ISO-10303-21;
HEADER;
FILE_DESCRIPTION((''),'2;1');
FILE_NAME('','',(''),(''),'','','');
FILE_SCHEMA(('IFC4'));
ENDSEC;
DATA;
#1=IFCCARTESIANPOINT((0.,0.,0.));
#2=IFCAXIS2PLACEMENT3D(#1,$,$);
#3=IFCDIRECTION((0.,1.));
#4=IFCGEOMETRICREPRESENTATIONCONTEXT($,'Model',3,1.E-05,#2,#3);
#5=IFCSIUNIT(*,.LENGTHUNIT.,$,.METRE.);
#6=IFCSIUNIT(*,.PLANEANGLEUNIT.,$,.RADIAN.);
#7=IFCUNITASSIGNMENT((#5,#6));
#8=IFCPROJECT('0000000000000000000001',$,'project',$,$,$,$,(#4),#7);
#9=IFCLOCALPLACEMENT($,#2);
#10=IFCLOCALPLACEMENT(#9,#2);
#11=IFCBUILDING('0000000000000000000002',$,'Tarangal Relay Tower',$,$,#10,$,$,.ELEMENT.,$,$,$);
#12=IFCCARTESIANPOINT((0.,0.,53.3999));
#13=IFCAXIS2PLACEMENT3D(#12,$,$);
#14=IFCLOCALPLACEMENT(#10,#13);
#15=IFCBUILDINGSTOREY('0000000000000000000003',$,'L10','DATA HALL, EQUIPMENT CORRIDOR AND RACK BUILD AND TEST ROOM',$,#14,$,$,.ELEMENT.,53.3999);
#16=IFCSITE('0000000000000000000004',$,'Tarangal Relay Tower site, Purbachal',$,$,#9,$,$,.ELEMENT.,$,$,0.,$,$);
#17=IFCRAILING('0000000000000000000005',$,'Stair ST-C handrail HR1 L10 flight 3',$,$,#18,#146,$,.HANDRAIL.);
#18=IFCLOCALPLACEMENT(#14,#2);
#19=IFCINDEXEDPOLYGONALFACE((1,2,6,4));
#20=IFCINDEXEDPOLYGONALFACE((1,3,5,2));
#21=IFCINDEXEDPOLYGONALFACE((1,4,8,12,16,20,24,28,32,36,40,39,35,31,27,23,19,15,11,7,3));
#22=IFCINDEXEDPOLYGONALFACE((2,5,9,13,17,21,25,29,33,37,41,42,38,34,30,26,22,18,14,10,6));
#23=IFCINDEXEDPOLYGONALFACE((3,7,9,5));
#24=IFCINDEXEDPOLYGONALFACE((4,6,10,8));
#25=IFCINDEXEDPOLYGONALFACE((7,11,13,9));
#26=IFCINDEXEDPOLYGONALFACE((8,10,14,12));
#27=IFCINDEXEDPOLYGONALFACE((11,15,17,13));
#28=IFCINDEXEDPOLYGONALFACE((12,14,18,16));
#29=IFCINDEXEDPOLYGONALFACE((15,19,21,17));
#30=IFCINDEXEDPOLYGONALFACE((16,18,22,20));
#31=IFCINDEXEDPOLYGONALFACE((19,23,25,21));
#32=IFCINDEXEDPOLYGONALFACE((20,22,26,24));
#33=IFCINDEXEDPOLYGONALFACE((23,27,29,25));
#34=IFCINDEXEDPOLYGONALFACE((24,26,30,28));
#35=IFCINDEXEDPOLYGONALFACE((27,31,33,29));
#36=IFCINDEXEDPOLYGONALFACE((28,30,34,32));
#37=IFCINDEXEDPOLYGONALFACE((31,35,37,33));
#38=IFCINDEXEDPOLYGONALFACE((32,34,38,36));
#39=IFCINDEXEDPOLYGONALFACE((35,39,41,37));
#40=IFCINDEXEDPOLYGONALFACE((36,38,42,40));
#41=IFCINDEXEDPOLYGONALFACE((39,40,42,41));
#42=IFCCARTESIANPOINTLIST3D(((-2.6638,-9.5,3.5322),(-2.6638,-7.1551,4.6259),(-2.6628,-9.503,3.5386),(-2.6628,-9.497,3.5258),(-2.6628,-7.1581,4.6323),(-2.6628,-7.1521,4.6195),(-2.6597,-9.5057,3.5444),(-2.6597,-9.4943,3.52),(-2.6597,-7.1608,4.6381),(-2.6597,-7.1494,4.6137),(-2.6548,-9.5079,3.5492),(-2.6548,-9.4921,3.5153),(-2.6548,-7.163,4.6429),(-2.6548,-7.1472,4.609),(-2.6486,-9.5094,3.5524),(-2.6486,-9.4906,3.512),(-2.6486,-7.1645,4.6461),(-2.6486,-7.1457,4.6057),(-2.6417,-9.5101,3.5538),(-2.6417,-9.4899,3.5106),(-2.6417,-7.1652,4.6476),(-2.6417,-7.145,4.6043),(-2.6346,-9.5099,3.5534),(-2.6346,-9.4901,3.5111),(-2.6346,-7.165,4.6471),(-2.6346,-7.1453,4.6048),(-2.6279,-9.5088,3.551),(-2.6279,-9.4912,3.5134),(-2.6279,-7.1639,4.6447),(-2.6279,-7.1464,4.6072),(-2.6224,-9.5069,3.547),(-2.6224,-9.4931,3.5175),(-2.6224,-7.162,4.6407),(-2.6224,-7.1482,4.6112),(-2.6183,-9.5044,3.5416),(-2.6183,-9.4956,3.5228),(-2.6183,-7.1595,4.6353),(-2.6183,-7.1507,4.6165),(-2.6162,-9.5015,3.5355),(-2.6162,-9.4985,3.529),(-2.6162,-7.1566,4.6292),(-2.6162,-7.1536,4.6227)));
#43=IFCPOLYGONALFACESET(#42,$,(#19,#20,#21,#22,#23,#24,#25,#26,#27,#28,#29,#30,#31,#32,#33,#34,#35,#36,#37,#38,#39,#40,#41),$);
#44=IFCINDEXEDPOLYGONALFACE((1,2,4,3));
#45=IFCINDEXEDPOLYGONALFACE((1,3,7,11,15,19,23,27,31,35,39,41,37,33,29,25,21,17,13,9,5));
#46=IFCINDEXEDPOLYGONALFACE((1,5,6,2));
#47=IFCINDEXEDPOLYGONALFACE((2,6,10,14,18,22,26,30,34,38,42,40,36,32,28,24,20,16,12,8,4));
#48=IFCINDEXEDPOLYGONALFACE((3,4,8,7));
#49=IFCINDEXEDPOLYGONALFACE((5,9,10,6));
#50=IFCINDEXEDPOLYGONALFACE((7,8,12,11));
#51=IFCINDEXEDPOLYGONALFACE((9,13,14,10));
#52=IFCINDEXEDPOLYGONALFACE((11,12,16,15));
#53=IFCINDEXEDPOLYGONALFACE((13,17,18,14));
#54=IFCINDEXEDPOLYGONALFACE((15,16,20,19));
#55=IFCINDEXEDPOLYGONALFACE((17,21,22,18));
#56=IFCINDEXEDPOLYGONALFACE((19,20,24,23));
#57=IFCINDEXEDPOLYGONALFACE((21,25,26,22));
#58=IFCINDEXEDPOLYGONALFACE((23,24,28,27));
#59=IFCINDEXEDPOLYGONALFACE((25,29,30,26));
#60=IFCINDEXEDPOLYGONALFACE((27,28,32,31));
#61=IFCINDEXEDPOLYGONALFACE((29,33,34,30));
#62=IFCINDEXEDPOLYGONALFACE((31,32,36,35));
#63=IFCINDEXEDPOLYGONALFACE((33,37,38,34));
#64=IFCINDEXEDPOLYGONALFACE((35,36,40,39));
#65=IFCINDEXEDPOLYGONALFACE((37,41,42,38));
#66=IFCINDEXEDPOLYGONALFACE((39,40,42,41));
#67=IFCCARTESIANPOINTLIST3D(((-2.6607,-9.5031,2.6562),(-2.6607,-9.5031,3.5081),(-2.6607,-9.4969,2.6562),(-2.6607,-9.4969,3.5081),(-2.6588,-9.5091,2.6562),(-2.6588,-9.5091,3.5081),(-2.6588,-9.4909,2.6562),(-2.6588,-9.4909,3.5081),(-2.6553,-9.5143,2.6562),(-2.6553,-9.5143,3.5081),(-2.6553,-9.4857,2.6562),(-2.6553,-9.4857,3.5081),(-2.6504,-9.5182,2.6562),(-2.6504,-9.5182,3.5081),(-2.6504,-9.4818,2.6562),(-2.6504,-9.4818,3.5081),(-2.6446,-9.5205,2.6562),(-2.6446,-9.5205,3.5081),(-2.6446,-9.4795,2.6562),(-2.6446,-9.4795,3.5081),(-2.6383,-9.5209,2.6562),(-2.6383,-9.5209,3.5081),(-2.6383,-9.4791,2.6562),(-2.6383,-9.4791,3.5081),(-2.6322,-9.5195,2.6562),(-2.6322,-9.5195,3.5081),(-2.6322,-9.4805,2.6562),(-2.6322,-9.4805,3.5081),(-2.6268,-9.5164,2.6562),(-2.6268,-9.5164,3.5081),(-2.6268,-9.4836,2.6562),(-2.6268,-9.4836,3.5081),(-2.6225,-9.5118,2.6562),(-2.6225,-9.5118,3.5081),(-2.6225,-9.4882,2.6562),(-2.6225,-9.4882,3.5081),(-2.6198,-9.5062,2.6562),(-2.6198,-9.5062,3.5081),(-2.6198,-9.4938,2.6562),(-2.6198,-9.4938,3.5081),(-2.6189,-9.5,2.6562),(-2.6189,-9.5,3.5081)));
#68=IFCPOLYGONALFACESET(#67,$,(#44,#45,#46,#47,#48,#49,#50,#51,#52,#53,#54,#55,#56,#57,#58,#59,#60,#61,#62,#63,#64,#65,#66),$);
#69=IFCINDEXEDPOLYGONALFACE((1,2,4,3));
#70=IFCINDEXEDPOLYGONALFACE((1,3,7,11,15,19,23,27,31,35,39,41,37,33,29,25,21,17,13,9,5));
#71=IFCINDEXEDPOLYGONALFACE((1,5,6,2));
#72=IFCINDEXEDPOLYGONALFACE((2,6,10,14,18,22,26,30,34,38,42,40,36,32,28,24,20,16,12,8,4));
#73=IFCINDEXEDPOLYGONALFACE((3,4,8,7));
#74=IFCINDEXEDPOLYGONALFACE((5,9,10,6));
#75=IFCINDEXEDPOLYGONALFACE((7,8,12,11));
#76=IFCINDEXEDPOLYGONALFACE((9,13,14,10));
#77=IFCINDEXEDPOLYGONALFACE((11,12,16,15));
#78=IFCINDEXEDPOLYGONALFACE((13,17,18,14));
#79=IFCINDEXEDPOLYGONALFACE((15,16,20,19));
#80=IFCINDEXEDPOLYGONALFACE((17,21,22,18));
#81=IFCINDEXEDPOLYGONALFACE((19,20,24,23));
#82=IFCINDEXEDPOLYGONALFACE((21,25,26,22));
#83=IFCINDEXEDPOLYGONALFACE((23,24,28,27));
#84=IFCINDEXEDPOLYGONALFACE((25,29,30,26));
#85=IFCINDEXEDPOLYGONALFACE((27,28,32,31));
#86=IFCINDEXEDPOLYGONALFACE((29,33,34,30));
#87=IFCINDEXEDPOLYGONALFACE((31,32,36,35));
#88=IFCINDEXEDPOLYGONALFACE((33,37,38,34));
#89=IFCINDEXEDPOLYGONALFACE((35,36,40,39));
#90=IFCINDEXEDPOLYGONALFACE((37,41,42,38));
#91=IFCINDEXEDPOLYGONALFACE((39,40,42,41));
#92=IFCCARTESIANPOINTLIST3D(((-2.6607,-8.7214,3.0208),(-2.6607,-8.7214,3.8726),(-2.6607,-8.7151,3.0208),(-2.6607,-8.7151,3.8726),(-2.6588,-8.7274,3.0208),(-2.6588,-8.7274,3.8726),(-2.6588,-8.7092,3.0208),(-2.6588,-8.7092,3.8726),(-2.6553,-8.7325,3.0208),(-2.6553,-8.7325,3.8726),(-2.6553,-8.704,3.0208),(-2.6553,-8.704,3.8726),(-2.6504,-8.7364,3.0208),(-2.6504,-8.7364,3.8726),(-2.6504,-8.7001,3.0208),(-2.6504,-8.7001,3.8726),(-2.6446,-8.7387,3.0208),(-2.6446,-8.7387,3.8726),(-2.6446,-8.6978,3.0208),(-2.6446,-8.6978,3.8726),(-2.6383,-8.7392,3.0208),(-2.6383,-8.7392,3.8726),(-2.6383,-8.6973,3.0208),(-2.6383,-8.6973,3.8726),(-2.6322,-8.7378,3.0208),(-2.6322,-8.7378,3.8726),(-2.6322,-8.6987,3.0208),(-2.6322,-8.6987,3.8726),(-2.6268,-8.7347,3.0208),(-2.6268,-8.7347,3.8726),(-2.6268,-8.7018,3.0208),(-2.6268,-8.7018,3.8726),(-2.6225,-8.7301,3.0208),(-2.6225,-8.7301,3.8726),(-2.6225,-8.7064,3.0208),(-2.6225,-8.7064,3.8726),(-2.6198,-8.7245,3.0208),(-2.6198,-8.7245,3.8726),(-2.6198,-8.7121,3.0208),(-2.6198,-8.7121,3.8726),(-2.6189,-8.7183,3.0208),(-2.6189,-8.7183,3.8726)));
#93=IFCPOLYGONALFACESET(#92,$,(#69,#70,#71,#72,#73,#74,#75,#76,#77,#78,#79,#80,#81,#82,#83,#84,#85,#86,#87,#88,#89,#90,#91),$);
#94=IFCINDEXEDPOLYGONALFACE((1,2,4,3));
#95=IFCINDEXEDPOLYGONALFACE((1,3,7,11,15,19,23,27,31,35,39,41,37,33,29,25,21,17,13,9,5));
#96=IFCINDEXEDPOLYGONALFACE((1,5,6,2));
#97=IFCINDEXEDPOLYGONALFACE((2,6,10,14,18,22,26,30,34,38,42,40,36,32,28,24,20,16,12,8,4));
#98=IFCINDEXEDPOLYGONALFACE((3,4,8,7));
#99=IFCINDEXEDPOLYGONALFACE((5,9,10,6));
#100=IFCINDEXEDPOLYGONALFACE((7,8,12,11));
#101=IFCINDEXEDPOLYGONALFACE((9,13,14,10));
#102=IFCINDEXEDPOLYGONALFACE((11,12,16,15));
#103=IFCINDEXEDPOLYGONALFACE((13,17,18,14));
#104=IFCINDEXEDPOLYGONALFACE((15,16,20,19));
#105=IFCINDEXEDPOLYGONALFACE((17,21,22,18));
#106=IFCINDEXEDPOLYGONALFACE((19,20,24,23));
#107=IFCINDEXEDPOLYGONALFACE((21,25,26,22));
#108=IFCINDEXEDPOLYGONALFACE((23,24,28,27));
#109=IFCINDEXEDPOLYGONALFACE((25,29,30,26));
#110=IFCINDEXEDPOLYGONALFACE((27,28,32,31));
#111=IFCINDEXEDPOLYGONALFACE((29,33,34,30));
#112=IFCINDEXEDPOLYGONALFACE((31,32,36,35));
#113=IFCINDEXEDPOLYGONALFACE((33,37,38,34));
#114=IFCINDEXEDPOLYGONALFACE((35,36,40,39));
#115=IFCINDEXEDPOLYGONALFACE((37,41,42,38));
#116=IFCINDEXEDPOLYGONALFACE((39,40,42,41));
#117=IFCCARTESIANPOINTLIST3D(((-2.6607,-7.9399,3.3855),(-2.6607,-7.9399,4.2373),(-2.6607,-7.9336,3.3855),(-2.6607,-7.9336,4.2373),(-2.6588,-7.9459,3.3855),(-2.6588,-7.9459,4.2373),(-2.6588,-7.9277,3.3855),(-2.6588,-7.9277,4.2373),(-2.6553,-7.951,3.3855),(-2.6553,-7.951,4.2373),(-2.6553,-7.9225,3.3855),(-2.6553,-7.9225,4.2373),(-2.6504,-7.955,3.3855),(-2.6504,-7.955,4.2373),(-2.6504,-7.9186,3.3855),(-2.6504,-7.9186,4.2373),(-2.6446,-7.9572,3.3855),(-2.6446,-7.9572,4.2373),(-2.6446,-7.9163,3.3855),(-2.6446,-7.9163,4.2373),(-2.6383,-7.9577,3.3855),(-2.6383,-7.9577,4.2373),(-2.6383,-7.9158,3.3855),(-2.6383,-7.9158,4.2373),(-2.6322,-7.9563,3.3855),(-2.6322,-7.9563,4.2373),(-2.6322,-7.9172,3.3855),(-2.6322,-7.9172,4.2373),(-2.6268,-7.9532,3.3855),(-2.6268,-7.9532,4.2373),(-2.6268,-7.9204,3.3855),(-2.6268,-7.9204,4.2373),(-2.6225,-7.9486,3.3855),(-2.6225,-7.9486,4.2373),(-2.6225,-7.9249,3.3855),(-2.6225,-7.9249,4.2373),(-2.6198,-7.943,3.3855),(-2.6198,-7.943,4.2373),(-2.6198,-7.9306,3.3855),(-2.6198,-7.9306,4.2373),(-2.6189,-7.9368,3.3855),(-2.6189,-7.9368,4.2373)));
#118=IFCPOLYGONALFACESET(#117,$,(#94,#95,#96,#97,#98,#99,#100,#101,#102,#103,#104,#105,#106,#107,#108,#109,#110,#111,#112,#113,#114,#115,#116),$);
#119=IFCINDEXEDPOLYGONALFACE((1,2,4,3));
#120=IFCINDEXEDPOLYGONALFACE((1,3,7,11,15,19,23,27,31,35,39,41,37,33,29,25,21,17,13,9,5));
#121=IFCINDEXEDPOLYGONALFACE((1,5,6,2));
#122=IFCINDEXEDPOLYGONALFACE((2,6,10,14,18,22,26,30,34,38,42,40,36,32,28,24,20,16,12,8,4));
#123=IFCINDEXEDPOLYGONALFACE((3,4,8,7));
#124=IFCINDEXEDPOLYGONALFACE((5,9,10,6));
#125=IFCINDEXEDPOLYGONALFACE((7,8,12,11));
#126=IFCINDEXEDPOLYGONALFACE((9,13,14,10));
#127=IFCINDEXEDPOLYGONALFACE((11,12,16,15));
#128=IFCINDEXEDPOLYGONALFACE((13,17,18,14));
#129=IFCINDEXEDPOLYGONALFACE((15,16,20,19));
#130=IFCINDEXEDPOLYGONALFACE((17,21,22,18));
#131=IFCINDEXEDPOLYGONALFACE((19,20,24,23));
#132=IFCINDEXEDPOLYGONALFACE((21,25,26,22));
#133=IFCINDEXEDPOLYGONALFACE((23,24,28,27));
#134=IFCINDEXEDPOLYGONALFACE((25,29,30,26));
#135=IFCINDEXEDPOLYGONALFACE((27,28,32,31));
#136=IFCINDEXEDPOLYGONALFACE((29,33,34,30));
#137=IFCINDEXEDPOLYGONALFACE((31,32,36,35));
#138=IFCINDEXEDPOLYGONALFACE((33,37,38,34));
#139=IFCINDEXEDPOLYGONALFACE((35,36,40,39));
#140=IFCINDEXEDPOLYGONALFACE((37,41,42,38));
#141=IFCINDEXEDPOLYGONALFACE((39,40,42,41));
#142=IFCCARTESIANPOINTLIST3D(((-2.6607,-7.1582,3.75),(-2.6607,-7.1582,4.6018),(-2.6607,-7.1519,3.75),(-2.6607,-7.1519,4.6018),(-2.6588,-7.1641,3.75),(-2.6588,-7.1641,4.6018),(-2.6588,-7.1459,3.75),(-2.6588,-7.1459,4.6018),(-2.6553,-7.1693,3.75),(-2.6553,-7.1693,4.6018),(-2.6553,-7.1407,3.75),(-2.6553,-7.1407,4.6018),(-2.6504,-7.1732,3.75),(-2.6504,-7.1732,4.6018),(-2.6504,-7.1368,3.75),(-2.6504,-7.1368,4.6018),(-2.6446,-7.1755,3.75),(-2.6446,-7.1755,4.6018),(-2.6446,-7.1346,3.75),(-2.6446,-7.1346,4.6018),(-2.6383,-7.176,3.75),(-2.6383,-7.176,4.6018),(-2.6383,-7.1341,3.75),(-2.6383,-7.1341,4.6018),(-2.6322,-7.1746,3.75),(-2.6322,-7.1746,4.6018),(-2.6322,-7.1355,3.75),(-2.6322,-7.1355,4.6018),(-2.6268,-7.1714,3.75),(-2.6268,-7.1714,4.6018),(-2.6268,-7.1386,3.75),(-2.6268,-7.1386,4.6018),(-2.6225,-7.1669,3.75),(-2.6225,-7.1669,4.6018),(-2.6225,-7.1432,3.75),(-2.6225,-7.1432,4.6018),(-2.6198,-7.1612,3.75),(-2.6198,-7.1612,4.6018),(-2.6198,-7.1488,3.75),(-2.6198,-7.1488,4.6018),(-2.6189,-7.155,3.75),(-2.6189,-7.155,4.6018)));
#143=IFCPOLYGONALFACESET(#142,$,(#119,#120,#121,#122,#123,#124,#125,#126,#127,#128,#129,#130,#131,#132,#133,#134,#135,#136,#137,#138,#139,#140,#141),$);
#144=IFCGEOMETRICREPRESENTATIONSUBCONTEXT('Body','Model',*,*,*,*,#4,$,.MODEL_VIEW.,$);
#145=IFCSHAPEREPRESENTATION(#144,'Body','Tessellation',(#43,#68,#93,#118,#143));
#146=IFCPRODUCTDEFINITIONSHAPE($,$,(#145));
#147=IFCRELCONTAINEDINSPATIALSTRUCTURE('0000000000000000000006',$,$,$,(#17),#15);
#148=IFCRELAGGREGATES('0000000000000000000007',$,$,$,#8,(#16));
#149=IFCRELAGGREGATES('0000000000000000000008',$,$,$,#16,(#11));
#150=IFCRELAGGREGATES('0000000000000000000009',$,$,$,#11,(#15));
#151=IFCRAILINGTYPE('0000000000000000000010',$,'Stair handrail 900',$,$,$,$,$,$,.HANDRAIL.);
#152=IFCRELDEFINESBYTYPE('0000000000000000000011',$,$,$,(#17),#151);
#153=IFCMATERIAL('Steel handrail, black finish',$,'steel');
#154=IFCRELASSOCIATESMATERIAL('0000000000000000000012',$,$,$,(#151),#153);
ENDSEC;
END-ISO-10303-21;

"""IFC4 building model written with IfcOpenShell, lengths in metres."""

from ifc_helpers import new_model, si_unit, direction, frame, origin, origin_2d, place, context, subcontext, project, spatial, circle, extrude, material, type_object, element, save


model = new_model("IFC4")

# Units and contexts
model_context = context("Model", 3, precision=1e-05, world=origin(), true_north=direction((0.0, 1.0)))
body_context = subcontext(model_context, "Body", "Model", "MODEL_VIEW")
ifc_project = project(units=[si_unit("LENGTHUNIT", "METRE"), si_unit("PLANEANGLEUNIT", "RADIAN")], contexts=[model_context])

# Site, building, storey
site_placement = place(None, origin())
site = spatial("IfcSite", under=ifc_project, at=site_placement, Name="Tarangal Relay Tower site, Purbachal", CompositionType="ELEMENT", RefElevation=0.0)
building_placement = place(site_placement, origin())
building = spatial("IfcBuilding", under=site, at=building_placement, Name="Tarangal Relay Tower", CompositionType="ELEMENT")
storey_placement = place(building_placement, frame((0.0, 0.0, 53.3999)))
storey = spatial("IfcBuildingStorey", under=building, at=storey_placement, Name="L10", Description="DATA HALL, EQUIPMENT CORRIDOR AND RACK BUILD AND TEST ROOM", CompositionType="ELEMENT", Elevation=53.3999)

# Railing
ifc_material_1 = material(Name="Steel handrail, black finish", Category="steel")
railing_type_1 = type_object("IfcRailingType", Name="Stair handrail 900", PredefinedType="HANDRAIL", material=ifc_material_1)
for number, where, name in (
    (1, (-2.6399, -9.5, 2.6562), "Stair ST-C handrail HR1 L10 flight 3"),
):
    element("IfcRailing", number, at=place(storey_placement, frame(where)), inside=storey, type_object=railing_type_1, Name=name, PredefinedType="HANDRAIL", context=body_context, shape_type="SweptSolid", body=[
        extrude(circle(Radius=0.0239, at=origin_2d()), frame((0.0, 0.0, 0.876), z_axis=(0.0, 0.906267, 0.422705), x_axis=(-1.0, 0.0, 0.0)), (0.0, 0.0, 1.0), 2.5874),
        extrude(circle(Radius=0.021, at=origin_2d()), origin(), (0.0, 0.0, 1.0), 0.8518),
        extrude(circle(Radius=0.021, at=origin_2d()), frame((0.0, 0.7817, 0.3645)), (0.0, 0.0, 1.0), 0.8518),
        extrude(circle(Radius=0.021, at=origin_2d()), frame((0.0, 1.5632, 0.7292)), (0.0, 0.0, 1.0), 0.8518),
        extrude(circle(Radius=0.021, at=origin_2d()), frame((0.0, 2.345, 1.0938)), (0.0, 0.0, 1.0), 0.8518),
    ])

save(model, "model.ifc")
